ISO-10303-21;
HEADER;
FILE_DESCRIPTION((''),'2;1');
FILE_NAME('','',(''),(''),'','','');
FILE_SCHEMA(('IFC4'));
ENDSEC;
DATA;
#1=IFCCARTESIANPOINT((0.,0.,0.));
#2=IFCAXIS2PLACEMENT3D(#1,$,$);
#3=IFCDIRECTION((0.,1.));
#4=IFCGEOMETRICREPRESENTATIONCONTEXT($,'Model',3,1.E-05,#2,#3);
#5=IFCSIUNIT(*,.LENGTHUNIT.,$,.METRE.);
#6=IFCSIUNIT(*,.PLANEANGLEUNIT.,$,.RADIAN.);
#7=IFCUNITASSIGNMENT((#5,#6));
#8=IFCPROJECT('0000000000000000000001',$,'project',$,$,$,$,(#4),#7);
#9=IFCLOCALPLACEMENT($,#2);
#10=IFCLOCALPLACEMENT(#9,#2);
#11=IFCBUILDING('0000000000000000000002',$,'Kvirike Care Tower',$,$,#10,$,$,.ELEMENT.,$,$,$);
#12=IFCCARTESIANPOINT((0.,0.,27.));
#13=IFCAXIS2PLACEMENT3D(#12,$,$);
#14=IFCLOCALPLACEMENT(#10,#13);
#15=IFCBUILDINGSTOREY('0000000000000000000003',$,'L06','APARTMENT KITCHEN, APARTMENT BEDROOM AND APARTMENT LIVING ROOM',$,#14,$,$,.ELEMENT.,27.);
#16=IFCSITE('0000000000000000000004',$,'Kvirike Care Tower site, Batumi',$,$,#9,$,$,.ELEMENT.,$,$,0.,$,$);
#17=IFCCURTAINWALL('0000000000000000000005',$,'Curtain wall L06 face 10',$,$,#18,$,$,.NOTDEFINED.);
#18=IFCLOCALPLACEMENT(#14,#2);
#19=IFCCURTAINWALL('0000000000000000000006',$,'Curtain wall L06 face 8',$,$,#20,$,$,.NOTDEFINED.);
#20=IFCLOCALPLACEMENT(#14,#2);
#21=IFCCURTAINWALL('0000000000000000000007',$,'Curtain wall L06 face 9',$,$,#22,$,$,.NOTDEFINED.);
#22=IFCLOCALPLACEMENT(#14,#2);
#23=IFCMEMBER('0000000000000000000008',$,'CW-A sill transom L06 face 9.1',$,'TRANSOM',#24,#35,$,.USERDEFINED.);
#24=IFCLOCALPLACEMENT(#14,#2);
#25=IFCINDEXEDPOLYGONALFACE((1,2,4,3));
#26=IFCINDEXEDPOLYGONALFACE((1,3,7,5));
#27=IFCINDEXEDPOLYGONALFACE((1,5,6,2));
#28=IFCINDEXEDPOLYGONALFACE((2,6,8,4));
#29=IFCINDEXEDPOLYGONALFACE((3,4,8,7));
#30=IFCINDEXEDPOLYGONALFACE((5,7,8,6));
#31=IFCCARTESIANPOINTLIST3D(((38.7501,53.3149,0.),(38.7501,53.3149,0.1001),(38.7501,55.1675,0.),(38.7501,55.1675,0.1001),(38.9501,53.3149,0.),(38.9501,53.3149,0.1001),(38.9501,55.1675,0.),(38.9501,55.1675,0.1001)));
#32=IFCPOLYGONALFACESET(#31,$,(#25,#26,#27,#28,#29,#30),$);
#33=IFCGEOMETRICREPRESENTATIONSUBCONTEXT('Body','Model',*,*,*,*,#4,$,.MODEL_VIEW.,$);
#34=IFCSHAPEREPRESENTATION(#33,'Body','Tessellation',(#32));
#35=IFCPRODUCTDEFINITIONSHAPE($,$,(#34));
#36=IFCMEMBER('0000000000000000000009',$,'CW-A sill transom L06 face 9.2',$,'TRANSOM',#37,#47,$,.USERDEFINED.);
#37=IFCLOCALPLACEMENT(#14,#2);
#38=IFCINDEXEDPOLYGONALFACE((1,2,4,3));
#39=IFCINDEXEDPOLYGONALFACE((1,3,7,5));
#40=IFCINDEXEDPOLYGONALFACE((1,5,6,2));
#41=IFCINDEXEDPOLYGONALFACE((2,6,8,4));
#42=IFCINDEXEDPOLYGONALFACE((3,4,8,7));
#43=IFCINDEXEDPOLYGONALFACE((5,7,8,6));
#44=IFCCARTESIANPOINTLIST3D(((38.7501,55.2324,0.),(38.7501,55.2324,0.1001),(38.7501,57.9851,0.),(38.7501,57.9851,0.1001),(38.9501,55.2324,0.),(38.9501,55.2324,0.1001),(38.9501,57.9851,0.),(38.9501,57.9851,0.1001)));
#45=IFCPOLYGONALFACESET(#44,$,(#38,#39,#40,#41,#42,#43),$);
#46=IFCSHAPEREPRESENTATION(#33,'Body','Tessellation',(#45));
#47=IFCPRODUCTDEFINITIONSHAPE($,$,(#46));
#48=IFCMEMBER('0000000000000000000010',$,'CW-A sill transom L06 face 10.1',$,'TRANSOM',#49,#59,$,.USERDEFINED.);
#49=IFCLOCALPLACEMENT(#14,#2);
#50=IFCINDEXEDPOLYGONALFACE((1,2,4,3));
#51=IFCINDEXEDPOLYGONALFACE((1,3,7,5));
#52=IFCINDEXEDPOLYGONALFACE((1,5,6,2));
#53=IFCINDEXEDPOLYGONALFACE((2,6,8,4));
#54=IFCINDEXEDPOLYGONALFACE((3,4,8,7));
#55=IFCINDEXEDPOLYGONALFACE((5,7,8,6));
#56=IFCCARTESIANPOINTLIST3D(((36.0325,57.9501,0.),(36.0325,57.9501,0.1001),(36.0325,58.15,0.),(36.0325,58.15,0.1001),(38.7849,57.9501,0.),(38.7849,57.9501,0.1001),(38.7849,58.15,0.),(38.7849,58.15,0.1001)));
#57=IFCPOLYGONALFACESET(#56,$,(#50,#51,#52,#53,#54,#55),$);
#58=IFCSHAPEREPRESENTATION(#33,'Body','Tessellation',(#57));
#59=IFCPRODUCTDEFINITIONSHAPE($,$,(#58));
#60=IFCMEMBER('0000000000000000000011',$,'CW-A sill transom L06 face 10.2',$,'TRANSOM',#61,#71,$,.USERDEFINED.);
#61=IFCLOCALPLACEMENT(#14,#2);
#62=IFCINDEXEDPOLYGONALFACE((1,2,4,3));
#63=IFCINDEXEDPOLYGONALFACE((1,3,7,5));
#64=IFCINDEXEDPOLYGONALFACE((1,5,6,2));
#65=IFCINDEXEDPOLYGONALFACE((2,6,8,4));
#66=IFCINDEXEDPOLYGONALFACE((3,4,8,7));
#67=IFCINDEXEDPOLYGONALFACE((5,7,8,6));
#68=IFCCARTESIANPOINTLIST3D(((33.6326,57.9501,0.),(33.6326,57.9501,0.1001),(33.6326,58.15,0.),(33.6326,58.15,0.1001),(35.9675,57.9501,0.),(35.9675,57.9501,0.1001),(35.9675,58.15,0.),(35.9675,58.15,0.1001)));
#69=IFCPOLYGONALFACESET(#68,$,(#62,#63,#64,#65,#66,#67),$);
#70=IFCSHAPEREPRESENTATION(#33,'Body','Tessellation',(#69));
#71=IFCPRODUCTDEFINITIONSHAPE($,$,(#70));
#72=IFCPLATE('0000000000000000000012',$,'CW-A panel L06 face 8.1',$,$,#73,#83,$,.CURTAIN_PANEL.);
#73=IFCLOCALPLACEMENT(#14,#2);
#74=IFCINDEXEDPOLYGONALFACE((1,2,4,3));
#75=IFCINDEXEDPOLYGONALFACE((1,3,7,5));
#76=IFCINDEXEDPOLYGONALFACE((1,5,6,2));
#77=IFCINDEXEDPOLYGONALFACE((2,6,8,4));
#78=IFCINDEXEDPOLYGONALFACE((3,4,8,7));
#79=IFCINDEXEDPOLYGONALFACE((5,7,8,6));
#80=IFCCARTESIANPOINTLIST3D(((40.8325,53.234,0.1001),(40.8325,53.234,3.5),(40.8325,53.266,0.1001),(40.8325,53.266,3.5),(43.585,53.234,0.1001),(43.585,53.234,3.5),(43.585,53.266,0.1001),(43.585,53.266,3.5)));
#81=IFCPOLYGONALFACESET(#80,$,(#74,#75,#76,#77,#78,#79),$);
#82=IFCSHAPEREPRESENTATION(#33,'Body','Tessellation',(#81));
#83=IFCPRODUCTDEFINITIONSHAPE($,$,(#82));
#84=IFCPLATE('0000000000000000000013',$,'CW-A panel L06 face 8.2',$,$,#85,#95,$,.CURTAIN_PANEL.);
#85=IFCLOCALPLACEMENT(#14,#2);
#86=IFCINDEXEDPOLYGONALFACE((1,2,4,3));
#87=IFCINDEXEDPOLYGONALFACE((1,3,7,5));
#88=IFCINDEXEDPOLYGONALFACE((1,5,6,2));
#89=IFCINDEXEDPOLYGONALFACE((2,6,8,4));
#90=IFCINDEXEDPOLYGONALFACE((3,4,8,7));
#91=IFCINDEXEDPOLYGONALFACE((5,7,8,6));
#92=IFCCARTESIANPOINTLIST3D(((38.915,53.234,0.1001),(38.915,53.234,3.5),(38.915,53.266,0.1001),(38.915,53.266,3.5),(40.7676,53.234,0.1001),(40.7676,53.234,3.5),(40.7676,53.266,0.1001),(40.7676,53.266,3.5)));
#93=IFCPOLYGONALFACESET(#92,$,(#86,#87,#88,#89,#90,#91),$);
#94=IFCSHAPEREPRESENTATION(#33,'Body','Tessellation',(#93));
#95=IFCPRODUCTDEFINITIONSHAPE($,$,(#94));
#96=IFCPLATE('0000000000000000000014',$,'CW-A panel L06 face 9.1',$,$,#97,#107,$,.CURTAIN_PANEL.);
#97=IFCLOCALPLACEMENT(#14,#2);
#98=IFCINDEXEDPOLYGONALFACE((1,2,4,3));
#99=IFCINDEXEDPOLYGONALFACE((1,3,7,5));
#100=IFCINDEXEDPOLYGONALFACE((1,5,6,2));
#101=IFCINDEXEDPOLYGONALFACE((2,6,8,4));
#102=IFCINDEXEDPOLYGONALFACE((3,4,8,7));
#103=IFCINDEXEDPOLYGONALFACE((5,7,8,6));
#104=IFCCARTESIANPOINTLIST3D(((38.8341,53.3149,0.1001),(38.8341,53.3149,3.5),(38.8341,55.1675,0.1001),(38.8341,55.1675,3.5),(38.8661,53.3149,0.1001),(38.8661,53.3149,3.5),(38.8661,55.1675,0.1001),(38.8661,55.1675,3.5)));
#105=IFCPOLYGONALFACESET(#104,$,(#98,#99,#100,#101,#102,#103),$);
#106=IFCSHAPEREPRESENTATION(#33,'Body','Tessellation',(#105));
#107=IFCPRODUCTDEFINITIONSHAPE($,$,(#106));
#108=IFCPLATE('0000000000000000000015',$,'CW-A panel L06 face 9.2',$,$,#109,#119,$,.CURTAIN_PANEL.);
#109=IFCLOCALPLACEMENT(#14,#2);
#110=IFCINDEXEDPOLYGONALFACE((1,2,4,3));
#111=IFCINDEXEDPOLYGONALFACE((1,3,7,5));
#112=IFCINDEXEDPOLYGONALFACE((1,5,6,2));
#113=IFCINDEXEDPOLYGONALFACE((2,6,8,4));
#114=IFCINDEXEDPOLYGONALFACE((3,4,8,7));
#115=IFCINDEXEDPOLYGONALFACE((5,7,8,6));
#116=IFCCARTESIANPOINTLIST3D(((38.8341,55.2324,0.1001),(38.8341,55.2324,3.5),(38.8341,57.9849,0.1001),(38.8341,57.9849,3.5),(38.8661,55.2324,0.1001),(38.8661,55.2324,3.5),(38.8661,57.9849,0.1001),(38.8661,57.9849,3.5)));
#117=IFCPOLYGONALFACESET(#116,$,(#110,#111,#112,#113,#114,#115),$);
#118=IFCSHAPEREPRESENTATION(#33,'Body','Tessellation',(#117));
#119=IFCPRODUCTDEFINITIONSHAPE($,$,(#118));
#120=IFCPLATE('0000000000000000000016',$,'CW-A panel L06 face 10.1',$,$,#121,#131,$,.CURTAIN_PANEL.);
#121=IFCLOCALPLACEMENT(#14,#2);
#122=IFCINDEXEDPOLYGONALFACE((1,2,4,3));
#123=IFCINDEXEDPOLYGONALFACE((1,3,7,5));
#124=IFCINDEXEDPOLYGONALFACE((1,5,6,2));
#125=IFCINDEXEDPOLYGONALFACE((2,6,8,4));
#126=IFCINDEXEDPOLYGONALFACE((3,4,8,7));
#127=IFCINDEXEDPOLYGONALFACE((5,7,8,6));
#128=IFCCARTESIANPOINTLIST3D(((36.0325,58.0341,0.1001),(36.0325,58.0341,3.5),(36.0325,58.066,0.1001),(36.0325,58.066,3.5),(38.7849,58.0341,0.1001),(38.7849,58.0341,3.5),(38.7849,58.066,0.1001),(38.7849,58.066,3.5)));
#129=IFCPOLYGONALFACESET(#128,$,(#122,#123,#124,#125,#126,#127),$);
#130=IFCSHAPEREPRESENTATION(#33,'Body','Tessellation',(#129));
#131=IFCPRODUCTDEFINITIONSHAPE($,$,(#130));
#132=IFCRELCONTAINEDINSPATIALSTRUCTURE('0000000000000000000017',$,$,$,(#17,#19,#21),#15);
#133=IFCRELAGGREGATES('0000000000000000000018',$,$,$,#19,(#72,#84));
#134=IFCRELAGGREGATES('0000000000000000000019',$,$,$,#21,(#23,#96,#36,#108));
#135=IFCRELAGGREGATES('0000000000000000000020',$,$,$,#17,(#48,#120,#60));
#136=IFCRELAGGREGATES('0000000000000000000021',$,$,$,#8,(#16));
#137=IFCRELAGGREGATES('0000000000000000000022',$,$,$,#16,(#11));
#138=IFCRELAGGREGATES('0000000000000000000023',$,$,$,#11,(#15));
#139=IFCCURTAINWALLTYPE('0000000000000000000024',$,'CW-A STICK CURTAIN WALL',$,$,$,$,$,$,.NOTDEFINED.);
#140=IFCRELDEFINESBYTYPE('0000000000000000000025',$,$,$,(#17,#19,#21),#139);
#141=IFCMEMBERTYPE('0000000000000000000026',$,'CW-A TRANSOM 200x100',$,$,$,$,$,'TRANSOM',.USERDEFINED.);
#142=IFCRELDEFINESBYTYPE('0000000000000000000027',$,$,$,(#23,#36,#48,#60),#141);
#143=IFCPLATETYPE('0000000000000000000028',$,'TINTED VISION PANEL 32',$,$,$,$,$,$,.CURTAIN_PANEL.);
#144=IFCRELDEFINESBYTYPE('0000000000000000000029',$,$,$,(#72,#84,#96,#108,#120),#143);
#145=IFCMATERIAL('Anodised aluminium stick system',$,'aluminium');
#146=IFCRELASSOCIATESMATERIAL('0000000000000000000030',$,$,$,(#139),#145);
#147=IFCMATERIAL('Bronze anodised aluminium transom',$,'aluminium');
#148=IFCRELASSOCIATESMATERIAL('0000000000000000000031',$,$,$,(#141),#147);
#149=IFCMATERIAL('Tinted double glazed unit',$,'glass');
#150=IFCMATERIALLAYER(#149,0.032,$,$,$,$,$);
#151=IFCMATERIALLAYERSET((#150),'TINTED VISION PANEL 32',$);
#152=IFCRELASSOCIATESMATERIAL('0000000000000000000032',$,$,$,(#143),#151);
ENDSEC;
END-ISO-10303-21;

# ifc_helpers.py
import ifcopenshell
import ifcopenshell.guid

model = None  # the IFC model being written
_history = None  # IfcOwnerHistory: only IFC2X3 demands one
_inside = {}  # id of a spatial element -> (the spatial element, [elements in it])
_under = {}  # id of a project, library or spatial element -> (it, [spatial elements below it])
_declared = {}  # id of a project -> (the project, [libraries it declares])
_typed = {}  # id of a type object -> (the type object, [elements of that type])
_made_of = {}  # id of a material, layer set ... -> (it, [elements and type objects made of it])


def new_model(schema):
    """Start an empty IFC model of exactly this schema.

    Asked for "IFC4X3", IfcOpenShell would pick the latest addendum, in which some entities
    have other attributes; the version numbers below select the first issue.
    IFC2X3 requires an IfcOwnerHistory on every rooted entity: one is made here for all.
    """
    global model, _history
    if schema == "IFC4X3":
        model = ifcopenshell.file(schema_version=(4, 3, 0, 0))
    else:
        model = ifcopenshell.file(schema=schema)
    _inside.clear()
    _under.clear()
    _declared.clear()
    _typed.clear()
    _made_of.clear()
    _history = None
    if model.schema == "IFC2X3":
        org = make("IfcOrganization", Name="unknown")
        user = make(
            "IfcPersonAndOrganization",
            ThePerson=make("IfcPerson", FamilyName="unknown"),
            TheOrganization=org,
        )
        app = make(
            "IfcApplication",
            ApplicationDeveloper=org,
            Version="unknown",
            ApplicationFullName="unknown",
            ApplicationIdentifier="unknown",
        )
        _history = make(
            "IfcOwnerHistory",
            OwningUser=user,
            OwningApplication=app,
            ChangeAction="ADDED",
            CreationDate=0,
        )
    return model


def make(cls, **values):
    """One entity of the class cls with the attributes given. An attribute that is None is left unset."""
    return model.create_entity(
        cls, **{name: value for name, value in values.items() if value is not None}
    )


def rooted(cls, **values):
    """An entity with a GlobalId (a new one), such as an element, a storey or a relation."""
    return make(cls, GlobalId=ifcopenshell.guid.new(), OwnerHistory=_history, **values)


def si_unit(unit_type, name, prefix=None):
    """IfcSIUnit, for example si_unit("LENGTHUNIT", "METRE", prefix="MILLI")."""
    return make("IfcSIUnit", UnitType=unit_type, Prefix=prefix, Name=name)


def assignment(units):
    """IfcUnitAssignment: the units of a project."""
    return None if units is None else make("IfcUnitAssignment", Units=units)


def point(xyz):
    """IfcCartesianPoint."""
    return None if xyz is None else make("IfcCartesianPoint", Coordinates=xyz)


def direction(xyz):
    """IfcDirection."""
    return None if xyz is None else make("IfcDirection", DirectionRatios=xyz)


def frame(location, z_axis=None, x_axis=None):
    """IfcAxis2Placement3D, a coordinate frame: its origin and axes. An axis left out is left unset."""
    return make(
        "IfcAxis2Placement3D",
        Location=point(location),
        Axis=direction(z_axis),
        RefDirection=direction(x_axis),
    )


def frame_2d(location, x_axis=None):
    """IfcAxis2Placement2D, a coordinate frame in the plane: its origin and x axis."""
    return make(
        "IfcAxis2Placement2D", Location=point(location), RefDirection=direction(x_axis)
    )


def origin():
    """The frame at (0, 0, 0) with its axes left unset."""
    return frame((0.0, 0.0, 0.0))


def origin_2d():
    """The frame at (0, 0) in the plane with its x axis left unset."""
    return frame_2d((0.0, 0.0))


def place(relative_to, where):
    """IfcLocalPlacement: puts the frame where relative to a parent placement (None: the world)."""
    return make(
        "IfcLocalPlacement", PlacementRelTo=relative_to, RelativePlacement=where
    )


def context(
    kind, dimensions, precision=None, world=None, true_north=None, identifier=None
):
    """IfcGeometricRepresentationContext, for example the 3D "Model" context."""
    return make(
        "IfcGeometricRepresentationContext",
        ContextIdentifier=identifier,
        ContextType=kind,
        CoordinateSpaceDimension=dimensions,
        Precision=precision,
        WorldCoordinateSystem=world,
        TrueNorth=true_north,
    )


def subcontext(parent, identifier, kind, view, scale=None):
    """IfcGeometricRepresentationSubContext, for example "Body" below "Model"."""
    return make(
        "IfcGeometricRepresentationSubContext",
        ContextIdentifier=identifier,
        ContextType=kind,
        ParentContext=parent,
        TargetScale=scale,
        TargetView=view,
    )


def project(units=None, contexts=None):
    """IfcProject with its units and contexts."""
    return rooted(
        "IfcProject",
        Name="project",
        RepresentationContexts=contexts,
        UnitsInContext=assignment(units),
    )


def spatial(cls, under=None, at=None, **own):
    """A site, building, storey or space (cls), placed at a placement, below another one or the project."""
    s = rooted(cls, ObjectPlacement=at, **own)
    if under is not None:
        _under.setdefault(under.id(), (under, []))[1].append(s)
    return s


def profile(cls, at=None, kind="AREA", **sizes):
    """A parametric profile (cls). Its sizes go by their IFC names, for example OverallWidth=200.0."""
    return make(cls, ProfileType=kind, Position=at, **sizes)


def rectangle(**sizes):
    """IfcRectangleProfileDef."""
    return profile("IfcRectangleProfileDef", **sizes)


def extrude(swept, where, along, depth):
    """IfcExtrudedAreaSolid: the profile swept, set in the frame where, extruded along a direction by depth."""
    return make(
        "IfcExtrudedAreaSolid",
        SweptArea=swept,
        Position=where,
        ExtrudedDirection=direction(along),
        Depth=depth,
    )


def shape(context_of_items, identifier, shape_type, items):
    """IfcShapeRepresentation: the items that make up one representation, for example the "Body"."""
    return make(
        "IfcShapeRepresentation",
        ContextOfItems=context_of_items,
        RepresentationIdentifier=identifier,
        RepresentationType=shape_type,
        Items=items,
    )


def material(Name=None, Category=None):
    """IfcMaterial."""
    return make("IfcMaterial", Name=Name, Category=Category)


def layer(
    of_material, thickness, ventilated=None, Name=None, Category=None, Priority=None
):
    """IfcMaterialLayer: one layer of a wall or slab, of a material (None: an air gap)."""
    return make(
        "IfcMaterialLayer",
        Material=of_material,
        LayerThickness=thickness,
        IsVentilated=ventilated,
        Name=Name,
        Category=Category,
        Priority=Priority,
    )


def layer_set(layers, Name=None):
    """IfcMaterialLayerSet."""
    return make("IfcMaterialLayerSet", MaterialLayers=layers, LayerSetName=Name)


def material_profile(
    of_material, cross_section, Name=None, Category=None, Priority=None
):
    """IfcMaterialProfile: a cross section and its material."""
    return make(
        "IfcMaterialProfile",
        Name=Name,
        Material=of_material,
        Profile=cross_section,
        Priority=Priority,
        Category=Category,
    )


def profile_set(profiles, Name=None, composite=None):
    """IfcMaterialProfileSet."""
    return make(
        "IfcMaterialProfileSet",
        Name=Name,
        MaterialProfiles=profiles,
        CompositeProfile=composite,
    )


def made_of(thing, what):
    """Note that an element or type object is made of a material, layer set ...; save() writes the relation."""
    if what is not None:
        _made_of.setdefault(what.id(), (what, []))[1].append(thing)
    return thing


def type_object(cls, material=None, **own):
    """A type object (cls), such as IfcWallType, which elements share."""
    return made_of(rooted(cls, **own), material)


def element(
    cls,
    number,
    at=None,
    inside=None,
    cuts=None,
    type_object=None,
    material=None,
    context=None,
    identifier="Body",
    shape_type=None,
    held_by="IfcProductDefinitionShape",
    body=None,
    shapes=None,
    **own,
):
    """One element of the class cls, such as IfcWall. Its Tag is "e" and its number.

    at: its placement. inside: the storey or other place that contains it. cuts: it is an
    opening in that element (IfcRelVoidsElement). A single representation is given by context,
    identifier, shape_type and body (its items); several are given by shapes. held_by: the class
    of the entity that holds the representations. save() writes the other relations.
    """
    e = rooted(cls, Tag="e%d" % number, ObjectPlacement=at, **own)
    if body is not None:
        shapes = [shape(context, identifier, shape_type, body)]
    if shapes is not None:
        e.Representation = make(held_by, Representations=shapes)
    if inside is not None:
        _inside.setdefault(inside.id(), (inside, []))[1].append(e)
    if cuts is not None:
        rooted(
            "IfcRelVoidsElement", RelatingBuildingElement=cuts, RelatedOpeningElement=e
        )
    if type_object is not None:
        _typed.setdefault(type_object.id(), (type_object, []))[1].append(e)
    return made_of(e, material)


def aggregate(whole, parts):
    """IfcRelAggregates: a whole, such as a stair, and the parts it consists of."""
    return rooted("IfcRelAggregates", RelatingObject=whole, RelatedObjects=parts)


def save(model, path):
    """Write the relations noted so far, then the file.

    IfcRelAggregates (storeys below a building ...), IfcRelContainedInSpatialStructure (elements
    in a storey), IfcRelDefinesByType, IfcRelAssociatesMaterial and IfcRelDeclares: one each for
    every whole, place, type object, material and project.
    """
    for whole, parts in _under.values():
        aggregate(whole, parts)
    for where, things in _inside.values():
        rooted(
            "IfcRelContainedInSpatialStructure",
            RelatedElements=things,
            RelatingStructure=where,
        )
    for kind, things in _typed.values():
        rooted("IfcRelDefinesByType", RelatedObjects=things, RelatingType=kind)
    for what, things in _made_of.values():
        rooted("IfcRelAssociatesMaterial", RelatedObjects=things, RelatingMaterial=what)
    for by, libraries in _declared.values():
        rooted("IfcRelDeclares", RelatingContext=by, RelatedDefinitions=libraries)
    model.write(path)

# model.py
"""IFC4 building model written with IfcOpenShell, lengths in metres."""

from ifc_helpers import new_model, si_unit, direction, frame, origin, origin_2d, place, context, subcontext, project, spatial, rectangle, extrude, material, layer, layer_set, material_profile, profile_set, type_object, element, aggregate, save


model = new_model("IFC4")

# Units and contexts
model_context = context("Model", 3, precision=1e-05, world=origin(), true_north=direction((0.0, 1.0)))
body_context = subcontext(model_context, "Body", "Model", "MODEL_VIEW")
ifc_project = project(units=[si_unit("LENGTHUNIT", "METRE"), si_unit("PLANEANGLEUNIT", "RADIAN")], contexts=[model_context])

# Site, building, storey
site_placement = place(None, origin())
site = spatial("IfcSite", under=ifc_project, at=site_placement, Name="Kvirike Care Tower site, Batumi", CompositionType="ELEMENT", RefElevation=0.0)
building_placement = place(site_placement, origin())
building = spatial("IfcBuilding", under=site, at=building_placement, Name="Kvirike Care Tower", CompositionType="ELEMENT")
storey_placement = place(building_placement, frame((0.0, 0.0, 27.0)))
storey = spatial("IfcBuildingStorey", under=building, at=storey_placement, Name="L06", Description="APARTMENT KITCHEN, APARTMENT BEDROOM AND APARTMENT LIVING ROOM", CompositionType="ELEMENT", Elevation=27.0)

# Curtain wall
ifc_material_1 = material(Name="Anodised aluminium stick system", Category="aluminium")
curtain_wall_type = type_object("IfcCurtainWallType", Name="CW-A STICK CURTAIN WALL", PredefinedType="NOTDEFINED", material=ifc_material_1)
curtain_wall_1_placement = place(storey_placement, origin())
curtain_wall_1 = element("IfcCurtainWall", 1, at=curtain_wall_1_placement, inside=storey, type_object=curtain_wall_type, Name="Curtain wall L06 face 10", PredefinedType="NOTDEFINED")

# Curtain walls
curtain_wall_2_placement = place(storey_placement, origin())
curtain_wall_2 = element("IfcCurtainWall", 2, at=curtain_wall_2_placement, inside=storey, type_object=curtain_wall_type, Name="Curtain wall L06 face 8", PredefinedType="NOTDEFINED")
curtain_wall_3_placement = place(storey_placement, origin())
curtain_wall_3 = element("IfcCurtainWall", 3, at=curtain_wall_3_placement, inside=storey, type_object=curtain_wall_type, Name="Curtain wall L06 face 9", PredefinedType="NOTDEFINED")

# Members
ifc_material_2 = material(Name="Bronze anodised aluminium transom", Category="aluminium")
ifc_material_profile_1 = material_profile(ifc_material_2, rectangle(XDim=0.2, YDim=0.1001, at=origin_2d()), Name="CW-A TRANSOM 200x100")
ifc_profile_set_1 = profile_set([ifc_material_profile_1], Name="Bronze anodised aluminium transom")
member_type_1 = type_object("IfcMemberType", Name="CW-A TRANSOM 200x100", ElementType="TRANSOM", PredefinedType="USERDEFINED", material=ifc_profile_set_1)
member_1_placement = place(storey_placement, frame((38.8501, 53.3149, 0.05), z_axis=(0.0, 1.0, 0.0), x_axis=(-1.0, 0.0, 0.0)))
member_1 = element("IfcMember", 4, at=member_1_placement, type_object=member_type_1, Name="CW-A sill transom L06 face 9.1", ObjectType="TRANSOM", PredefinedType="USERDEFINED", context=body_context, shape_type="SweptSolid", body=[
    extrude(rectangle(XDim=0.2, YDim=0.1001, at=origin_2d()), origin(), (0.0, 0.0, 1.0), 1.8525),
])
member_2_placement = place(storey_placement, frame((38.8501, 55.2324, 0.05), z_axis=(0.0, 1.0, 0.0), x_axis=(-1.0, 0.0, 0.0)))
member_2 = element("IfcMember", 5, at=member_2_placement, type_object=member_type_1, Name="CW-A sill transom L06 face 9.2", ObjectType="TRANSOM", PredefinedType="USERDEFINED", context=body_context, shape_type="SweptSolid", body=[
    extrude(rectangle(XDim=0.2, YDim=0.1001, at=origin_2d()), origin(), (0.0, 0.0, 1.0), 2.7527),
])
member_3_placement = place(storey_placement, frame((38.7849, 58.05, 0.05), z_axis=(-1.0, 0.0, 0.0), x_axis=(0.0, -1.0, 0.0)))
member_3 = element("IfcMember", 6, at=member_3_placement, type_object=member_type_1, Name="CW-A sill transom L06 face 10.1", ObjectType="TRANSOM", PredefinedType="USERDEFINED", context=body_context, shape_type="SweptSolid", body=[
    extrude(rectangle(XDim=0.2, YDim=0.1001, at=origin_2d()), origin(), (0.0, 0.0, 1.0), 2.7524),
])
member_4_placement = place(storey_placement, frame((35.9675, 58.05, 0.05), z_axis=(-1.0, 0.0, 0.0), x_axis=(0.0, -1.0, 0.0)))
member_4 = element("IfcMember", 7, at=member_4_placement, type_object=member_type_1, Name="CW-A sill transom L06 face 10.2", ObjectType="TRANSOM", PredefinedType="USERDEFINED", context=body_context, shape_type="SweptSolid", body=[
    extrude(rectangle(XDim=0.2, YDim=0.1001, at=origin_2d()), origin(), (0.0, 0.0, 1.0), 2.335),
])

# Plates
ifc_material_3 = material(Name="Tinted double glazed unit", Category="glass")
ifc_layer = layer(ifc_material_3, 0.032)
ifc_layer_set = layer_set([ifc_layer], Name="TINTED VISION PANEL 32")
plate_type = type_object("IfcPlateType", Name="TINTED VISION PANEL 32", PredefinedType="CURTAIN_PANEL", material=ifc_layer_set)
plate_1_placement = place(storey_placement, frame((42.2087, 53.25, 0.1001), z_axis=(0.0, 0.0, 1.0), x_axis=(-1.0, 0.0, 0.0)))
plate_1 = element("IfcPlate", 8, at=plate_1_placement, type_object=plate_type, Name="CW-A panel L06 face 8.1", PredefinedType="CURTAIN_PANEL", context=body_context, shape_type="SweptSolid", body=[
    extrude(rectangle(XDim=2.7524, YDim=0.032, at=origin_2d()), origin(), (0.0, 0.0, 1.0), 3.3999),
])
plate_2_placement = place(storey_placement, frame((39.8413, 53.25, 0.1001), z_axis=(0.0, 0.0, 1.0), x_axis=(-1.0, 0.0, 0.0)))
plate_2 = element("IfcPlate", 9, at=plate_2_placement, type_object=plate_type, Name="CW-A panel L06 face 8.2", PredefinedType="CURTAIN_PANEL", context=body_context, shape_type="SweptSolid", body=[
    extrude(rectangle(XDim=1.8525, YDim=0.032, at=origin_2d()), origin(), (0.0, 0.0, 1.0), 3.3999),
])
aggregate(curtain_wall_2, [plate_1, plate_2])
plate_3_placement = place(storey_placement, frame((38.8501, 54.2412, 0.1001), z_axis=(0.0, 0.0, 1.0), x_axis=(0.0, 1.0, 0.0)))
plate_3 = element("IfcPlate", 10, at=plate_3_placement, type_object=plate_type, Name="CW-A panel L06 face 9.1", PredefinedType="CURTAIN_PANEL", context=body_context, shape_type="SweptSolid", body=[
    extrude(rectangle(XDim=1.8525, YDim=0.032, at=origin_2d()), origin(), (0.0, 0.0, 1.0), 3.3999),
])
plate_4_placement = place(storey_placement, frame((38.8501, 56.6086, 0.1001), z_axis=(0.0, 0.0, 1.0), x_axis=(0.0, 1.0, 0.0)))
plate_4 = element("IfcPlate", 11, at=plate_4_placement, type_object=plate_type, Name="CW-A panel L06 face 9.2", PredefinedType="CURTAIN_PANEL", context=body_context, shape_type="SweptSolid", body=[
    extrude(rectangle(XDim=2.7524, YDim=0.032, at=origin_2d()), origin(), (0.0, 0.0, 1.0), 3.3999),
])
aggregate(curtain_wall_3, [member_1, plate_3, member_2, plate_4])
plate_5_placement = place(storey_placement, frame((37.4087, 58.05, 0.1001), z_axis=(0.0, 0.0, 1.0), x_axis=(-1.0, 0.0, 0.0)))
plate_5 = element("IfcPlate", 12, at=plate_5_placement, type_object=plate_type, Name="CW-A panel L06 face 10.1", PredefinedType="CURTAIN_PANEL", context=body_context, shape_type="SweptSolid", body=[
    extrude(rectangle(XDim=2.7524, YDim=0.032, at=origin_2d()), origin(), (0.0, 0.0, 1.0), 3.3999),
])
aggregate(curtain_wall_1, [member_3, plate_5, member_4])

save(model, "model.ifc")
